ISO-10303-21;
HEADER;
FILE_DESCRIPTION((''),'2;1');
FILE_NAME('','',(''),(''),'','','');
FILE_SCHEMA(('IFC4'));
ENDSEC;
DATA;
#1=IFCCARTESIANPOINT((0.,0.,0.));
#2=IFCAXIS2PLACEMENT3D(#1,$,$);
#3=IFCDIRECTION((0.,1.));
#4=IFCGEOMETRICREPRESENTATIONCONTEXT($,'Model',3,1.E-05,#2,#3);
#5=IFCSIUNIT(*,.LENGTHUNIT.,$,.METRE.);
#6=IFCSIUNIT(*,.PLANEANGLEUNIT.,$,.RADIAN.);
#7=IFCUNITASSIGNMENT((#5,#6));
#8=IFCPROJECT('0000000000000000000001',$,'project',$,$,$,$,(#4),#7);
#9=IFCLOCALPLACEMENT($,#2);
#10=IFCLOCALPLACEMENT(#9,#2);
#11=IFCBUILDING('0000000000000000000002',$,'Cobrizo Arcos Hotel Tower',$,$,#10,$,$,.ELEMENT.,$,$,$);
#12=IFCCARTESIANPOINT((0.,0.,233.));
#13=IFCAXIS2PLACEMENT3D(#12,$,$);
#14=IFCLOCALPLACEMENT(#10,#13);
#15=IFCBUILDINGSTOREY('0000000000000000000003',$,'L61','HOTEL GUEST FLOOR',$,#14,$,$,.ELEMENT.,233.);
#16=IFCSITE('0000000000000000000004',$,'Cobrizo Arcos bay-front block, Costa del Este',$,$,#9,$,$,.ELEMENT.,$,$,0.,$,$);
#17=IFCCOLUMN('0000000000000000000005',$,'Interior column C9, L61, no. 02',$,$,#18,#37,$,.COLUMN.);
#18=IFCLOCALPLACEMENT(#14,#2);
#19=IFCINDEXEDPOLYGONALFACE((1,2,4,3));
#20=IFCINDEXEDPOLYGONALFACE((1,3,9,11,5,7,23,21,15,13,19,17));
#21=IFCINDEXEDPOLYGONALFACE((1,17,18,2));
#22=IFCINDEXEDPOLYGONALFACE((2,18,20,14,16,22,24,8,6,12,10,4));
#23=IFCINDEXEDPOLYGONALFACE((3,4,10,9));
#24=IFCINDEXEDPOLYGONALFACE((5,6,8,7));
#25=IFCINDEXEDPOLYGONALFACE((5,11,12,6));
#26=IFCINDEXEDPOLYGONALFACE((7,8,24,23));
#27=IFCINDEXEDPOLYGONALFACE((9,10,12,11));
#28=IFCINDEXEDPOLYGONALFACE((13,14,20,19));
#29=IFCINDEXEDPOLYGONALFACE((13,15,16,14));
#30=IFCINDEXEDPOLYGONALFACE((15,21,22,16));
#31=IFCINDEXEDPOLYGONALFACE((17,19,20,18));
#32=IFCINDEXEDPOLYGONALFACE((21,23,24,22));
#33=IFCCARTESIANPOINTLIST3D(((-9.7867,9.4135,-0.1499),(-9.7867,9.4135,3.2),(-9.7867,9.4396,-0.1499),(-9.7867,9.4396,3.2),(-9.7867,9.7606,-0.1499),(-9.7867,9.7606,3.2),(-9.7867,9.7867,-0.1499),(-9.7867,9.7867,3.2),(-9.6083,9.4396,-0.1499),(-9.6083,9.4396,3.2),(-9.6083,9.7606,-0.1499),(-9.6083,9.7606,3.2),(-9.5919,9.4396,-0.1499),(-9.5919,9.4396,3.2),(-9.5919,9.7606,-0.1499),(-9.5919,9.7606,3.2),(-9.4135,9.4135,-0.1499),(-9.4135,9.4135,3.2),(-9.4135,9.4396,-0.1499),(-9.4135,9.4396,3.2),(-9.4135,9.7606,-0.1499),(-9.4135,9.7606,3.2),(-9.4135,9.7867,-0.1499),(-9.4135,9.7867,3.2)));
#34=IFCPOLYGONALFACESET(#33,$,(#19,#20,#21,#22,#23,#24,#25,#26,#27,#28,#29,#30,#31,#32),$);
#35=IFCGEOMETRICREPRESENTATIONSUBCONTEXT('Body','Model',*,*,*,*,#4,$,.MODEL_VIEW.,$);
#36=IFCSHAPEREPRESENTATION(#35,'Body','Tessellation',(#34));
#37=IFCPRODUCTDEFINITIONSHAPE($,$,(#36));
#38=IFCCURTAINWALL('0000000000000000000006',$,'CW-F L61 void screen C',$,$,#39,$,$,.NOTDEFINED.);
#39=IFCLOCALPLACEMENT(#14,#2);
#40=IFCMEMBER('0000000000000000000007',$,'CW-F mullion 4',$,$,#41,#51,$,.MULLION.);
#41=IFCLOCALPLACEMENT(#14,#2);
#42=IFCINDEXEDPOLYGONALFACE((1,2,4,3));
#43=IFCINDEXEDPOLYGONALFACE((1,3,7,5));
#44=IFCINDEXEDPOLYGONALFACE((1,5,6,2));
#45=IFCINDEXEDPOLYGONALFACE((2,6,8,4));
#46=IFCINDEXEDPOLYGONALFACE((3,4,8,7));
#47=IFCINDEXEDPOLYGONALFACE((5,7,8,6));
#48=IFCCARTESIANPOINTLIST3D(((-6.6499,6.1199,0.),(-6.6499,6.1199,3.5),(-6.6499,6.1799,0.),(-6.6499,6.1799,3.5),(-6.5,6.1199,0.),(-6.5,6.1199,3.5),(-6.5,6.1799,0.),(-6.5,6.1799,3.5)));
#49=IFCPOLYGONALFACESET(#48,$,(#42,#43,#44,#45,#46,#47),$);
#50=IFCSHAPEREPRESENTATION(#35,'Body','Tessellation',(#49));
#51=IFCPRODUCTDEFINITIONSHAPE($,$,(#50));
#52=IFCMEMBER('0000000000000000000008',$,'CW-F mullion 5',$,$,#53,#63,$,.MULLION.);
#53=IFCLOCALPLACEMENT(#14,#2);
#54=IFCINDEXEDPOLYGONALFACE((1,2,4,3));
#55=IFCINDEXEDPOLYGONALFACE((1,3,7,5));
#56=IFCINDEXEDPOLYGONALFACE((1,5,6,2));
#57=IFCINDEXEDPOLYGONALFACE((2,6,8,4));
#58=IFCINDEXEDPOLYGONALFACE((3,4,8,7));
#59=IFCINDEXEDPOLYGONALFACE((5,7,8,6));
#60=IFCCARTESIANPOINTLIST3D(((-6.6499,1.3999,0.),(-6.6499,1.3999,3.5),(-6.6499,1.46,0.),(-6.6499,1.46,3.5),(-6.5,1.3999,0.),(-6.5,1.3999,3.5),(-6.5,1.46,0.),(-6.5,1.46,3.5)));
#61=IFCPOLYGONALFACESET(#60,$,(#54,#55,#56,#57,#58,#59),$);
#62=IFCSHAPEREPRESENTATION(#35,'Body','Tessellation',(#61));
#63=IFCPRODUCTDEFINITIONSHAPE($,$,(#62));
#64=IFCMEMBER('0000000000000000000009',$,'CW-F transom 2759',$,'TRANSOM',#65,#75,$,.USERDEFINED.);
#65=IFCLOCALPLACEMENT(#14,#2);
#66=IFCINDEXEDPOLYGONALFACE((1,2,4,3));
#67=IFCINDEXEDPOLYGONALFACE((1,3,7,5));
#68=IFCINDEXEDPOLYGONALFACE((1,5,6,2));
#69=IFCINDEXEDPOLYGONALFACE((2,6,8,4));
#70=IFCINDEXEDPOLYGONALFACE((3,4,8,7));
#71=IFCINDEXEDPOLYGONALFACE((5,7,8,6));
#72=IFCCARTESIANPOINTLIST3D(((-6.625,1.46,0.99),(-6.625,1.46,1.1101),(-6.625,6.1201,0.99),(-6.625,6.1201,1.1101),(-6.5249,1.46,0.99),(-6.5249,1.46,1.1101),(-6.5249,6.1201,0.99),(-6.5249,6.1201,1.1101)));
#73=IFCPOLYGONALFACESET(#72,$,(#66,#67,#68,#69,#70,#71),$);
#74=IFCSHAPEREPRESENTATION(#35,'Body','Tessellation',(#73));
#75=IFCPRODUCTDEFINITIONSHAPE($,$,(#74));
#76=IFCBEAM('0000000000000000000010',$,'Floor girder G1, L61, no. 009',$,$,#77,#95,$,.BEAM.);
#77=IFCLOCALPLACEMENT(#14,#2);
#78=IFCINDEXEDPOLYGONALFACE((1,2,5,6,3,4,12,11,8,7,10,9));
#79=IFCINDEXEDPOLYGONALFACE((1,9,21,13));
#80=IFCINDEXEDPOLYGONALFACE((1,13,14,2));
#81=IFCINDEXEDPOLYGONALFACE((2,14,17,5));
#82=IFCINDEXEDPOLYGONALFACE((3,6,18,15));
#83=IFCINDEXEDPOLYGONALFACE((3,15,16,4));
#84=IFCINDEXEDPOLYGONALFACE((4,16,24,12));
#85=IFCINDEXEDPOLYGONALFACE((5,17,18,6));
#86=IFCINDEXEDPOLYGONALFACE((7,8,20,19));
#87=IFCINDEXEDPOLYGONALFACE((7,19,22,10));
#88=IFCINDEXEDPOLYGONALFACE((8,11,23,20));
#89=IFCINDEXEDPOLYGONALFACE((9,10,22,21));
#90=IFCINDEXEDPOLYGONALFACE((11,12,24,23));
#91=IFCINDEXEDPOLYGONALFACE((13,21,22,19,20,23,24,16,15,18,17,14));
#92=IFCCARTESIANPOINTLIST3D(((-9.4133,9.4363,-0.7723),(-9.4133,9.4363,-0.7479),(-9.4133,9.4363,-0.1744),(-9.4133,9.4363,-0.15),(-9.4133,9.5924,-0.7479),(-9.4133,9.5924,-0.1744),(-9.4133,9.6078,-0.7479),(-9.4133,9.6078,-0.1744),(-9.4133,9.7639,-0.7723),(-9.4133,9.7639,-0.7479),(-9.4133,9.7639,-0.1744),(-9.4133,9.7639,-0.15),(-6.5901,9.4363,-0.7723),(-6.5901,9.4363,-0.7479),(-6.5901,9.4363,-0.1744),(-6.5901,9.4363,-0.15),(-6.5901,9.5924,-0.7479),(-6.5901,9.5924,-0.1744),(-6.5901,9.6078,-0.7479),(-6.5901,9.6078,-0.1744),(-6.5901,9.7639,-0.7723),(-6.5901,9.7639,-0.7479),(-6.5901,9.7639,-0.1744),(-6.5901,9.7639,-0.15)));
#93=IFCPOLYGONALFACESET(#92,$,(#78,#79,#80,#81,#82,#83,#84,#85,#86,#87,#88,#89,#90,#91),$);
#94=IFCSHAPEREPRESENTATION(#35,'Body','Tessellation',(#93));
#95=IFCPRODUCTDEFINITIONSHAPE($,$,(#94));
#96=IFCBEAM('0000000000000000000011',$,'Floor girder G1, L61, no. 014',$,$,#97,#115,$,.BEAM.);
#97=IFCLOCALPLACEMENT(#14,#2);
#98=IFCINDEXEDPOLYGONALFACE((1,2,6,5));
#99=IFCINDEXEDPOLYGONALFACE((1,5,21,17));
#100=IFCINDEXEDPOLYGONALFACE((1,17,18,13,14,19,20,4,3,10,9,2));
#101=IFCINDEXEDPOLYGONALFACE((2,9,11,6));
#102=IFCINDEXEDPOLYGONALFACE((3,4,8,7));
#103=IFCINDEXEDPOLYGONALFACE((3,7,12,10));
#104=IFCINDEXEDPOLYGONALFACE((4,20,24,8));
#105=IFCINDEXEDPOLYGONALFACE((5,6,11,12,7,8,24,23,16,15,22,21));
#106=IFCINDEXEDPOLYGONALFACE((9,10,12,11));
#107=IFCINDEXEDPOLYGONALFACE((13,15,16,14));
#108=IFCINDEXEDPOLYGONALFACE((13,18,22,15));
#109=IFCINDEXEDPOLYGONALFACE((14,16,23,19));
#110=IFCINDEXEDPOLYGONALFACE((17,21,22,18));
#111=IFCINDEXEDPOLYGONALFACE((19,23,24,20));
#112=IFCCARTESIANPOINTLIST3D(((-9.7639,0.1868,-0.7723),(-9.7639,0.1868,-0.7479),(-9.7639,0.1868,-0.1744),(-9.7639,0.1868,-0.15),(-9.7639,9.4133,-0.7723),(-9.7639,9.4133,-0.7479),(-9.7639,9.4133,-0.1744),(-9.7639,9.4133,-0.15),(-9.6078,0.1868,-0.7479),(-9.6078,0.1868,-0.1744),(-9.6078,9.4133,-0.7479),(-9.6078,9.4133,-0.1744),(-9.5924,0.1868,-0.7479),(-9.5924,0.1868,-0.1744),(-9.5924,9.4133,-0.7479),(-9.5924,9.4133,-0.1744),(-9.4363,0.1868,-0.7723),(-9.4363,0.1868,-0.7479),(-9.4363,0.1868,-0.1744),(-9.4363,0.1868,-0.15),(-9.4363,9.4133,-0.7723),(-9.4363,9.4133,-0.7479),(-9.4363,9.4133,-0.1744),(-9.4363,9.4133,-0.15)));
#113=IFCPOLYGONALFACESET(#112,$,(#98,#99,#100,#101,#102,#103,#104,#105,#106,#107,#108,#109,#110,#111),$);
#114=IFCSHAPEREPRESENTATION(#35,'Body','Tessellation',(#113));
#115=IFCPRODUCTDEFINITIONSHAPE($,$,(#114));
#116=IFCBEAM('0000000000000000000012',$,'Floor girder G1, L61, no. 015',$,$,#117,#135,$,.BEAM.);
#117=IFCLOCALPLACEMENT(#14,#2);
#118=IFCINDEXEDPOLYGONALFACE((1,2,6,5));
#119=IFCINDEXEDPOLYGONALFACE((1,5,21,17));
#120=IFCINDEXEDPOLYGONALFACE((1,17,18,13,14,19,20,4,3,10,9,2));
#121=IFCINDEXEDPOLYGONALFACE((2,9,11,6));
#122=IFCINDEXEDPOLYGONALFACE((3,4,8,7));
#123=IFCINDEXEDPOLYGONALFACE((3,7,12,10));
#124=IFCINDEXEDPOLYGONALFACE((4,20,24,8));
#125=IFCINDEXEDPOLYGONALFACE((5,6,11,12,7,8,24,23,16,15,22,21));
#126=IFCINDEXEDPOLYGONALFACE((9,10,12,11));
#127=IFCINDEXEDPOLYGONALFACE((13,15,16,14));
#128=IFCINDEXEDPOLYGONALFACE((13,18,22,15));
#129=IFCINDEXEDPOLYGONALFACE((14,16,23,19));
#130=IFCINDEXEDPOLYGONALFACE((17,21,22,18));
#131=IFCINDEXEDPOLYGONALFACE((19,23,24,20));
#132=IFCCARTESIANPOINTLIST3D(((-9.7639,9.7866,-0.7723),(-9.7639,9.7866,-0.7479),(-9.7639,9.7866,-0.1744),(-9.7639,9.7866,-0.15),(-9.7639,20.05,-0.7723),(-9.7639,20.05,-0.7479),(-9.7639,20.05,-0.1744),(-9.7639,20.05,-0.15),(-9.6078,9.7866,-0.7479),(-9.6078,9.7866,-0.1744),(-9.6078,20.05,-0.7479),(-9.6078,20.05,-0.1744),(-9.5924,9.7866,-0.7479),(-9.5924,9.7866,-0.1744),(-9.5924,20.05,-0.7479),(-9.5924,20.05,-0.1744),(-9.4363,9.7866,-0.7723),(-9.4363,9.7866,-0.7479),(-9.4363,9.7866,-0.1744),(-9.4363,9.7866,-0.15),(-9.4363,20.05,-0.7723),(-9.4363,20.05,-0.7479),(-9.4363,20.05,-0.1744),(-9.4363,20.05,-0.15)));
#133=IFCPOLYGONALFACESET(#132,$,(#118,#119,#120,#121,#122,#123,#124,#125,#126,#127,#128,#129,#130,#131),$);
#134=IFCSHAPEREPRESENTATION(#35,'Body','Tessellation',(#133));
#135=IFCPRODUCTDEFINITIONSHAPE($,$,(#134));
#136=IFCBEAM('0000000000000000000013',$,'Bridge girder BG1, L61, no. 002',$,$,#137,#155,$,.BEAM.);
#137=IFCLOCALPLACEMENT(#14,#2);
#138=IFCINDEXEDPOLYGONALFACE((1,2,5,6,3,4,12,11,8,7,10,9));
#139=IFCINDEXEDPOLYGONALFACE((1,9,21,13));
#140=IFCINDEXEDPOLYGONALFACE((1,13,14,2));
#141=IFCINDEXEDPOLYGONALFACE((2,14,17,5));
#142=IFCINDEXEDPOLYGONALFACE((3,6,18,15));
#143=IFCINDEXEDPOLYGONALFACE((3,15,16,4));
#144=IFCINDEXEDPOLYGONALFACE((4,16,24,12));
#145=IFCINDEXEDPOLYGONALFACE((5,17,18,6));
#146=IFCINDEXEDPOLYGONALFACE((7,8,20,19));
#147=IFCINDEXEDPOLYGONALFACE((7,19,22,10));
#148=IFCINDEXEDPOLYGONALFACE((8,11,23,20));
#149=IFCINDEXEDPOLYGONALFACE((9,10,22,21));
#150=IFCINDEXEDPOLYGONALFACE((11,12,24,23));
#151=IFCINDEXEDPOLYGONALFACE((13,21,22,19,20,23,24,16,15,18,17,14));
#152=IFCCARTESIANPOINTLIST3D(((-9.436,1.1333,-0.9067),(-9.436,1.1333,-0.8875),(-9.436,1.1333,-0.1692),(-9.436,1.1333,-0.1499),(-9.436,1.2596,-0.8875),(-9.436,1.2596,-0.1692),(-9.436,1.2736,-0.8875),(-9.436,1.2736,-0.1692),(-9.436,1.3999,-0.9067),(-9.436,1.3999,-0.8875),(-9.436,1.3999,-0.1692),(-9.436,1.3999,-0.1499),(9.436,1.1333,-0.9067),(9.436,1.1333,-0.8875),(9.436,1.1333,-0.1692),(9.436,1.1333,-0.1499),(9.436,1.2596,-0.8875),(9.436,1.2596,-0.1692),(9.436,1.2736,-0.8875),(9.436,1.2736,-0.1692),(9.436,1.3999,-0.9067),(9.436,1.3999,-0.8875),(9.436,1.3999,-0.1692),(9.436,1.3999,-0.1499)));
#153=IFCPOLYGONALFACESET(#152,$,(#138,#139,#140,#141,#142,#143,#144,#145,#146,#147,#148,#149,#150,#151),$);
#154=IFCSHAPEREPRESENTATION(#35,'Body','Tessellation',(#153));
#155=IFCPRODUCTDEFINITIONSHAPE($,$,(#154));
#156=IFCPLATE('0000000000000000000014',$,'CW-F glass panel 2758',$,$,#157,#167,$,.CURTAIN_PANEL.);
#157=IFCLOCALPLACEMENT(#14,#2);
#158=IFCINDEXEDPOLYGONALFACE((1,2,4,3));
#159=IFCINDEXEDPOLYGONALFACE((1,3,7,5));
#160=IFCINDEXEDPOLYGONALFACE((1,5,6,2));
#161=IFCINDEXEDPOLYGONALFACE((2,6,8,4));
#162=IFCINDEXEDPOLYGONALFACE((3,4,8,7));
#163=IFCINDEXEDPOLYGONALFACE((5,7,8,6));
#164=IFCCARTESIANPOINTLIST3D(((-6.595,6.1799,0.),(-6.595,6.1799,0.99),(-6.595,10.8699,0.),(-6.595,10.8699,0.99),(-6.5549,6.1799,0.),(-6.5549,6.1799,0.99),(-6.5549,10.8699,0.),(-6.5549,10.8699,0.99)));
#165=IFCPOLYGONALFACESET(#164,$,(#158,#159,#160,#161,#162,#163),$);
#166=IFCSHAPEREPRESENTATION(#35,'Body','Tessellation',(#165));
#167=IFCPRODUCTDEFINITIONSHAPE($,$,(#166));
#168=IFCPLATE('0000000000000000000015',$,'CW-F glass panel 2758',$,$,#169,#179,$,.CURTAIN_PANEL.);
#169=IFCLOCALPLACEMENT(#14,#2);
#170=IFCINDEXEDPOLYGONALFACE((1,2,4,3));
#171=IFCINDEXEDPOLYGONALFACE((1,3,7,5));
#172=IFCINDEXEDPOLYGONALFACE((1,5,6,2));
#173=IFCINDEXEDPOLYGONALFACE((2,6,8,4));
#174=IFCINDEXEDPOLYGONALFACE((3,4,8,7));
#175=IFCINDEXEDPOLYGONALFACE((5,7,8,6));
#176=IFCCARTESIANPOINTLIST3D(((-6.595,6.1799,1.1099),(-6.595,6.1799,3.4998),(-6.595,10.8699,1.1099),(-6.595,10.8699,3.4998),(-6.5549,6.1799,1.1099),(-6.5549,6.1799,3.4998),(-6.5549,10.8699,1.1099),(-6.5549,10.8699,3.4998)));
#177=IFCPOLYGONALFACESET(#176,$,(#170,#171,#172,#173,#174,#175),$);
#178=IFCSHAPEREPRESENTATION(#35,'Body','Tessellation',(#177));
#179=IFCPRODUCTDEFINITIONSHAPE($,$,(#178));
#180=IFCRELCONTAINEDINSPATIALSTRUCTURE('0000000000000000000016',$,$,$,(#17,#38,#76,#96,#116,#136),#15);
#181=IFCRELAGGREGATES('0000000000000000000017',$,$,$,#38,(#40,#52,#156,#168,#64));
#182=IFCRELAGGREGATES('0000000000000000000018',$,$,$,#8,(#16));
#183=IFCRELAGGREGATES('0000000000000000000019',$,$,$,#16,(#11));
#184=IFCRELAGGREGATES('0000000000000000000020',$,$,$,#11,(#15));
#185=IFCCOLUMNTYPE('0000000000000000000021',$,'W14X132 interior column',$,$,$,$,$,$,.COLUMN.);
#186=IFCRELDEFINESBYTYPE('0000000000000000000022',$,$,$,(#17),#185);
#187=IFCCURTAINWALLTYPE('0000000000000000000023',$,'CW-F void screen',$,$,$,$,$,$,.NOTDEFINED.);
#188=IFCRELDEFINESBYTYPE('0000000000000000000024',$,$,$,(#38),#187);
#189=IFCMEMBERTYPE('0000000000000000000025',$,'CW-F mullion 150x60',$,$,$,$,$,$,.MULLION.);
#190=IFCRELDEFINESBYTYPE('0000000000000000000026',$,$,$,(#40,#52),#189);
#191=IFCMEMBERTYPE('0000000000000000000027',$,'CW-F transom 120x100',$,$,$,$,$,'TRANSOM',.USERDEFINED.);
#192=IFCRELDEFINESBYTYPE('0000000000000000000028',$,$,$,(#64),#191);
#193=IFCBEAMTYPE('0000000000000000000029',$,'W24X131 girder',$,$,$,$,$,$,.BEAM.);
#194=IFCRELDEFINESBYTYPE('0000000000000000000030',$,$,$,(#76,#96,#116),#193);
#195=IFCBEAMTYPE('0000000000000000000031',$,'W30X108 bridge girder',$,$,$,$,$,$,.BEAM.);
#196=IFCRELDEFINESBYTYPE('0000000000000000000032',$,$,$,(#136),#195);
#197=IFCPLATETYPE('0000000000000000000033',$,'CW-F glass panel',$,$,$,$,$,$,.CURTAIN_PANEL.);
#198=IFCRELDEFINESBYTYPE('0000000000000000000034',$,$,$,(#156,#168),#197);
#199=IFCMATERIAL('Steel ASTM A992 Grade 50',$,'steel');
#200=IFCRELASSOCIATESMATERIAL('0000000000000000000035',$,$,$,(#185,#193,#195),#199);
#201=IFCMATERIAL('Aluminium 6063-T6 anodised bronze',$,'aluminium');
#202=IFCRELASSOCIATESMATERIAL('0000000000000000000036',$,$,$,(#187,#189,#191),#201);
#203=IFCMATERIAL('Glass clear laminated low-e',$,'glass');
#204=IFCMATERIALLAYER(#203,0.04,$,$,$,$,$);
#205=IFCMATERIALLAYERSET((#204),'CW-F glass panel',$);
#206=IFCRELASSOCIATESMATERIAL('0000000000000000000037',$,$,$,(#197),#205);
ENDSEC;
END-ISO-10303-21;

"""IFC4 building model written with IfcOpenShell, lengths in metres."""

from ifc_helpers import new_model, si_unit, direction, frame, origin, origin_2d, place, context, subcontext, project, spatial, rectangle, i_section, extrude, material, layer, layer_set, material_profile, profile_set, type_object, element, aggregate, save


model = new_model("IFC4")

# Units and contexts
model_context = context("Model", 3, precision=1e-05, world=origin(), true_north=direction((0.0, 1.0)))
body_context = subcontext(model_context, "Body", "Model", "MODEL_VIEW")
ifc_project = project(units=[si_unit("LENGTHUNIT", "METRE"), si_unit("PLANEANGLEUNIT", "RADIAN")], contexts=[model_context])

# Site, building, storey
site_placement = place(None, origin())
site = spatial("IfcSite", under=ifc_project, at=site_placement, Name="Cobrizo Arcos bay-front block, Costa del Este", CompositionType="ELEMENT", RefElevation=0.0)
building_placement = place(site_placement, origin())
building = spatial("IfcBuilding", under=site, at=building_placement, Name="Cobrizo Arcos Hotel Tower", CompositionType="ELEMENT")
storey_placement = place(building_placement, frame((0.0, 0.0, 233.0)))
storey = spatial("IfcBuildingStorey", under=building, at=storey_placement, Name="L61", Description="HOTEL GUEST FLOOR", CompositionType="ELEMENT", Elevation=233.0)

# Column
ifc_material_1 = material(Name="Steel ASTM A992 Grade 50", Category="steel")
ifc_material_profile_1 = material_profile(ifc_material_1, i_section(OverallWidth=0.3733, OverallDepth=0.3733, WebThickness=0.0164, FlangeThickness=0.0261, at=origin_2d()), Name="W14X132")
ifc_profile_set_1 = profile_set([ifc_material_profile_1], Name="Steel ASTM A992 Grade 50")
column_type = type_object("IfcColumnType", Name="W14X132 interior column", PredefinedType="COLUMN", material=ifc_profile_set_1)
column_placement = place(storey_placement, frame((-9.6001, 9.6001, -0.1499), z_axis=(0.0, 0.0, 1.0), x_axis=(1.0, 0.0, 0.0)))
element("IfcColumn", 1, at=column_placement, inside=storey, type_object=column_type, Name="Interior column C9, L61, no. 02", PredefinedType="COLUMN", context=body_context, shape_type="SweptSolid", body=[
    extrude(i_section(OverallWidth=0.3733, OverallDepth=0.3733, WebThickness=0.0164, FlangeThickness=0.0261, at=origin_2d()), origin(), (0.0, 0.0, 1.0), 3.3499),
])

# Curtain wall, members
ifc_material_2 = material(Name="Aluminium 6063-T6 anodised bronze", Category="aluminium")
curtain_wall_type = type_object("IfcCurtainWallType", Name="CW-F void screen", PredefinedType="NOTDEFINED", material=ifc_material_2)
curtain_wall_placement = place(storey_placement, origin())
curtain_wall = element("IfcCurtainWall", 2, at=curtain_wall_placement, inside=storey, type_object=curtain_wall_type, Name="CW-F L61 void screen C", PredefinedType="NOTDEFINED")
ifc_material_profile_2 = material_profile(ifc_material_2, rectangle(XDim=0.1499, YDim=0.0601, at=origin_2d()), Name="CW-F mullion 150x60")
ifc_profile_set_2 = profile_set([ifc_material_profile_2], Name="Aluminium 6063-T6 anodised bronze")
member_type_1 = type_object("IfcMemberType", Name="CW-F mullion 150x60", PredefinedType="MULLION", material=ifc_profile_set_2)
member_1_placement = place(storey_placement, frame((-6.575, 6.1499, 0.0), z_axis=(0.0, 0.0, 1.0), x_axis=(-1.0, 0.0, 0.0)))
member_1 = element("IfcMember", 3, at=member_1_placement, type_object=member_type_1, Name="CW-F mullion 4", PredefinedType="MULLION", context=body_context, shape_type="SweptSolid", body=[
    extrude(rectangle(XDim=0.1499, YDim=0.0601, at=origin_2d()), origin(), (0.0, 0.0, 1.0), 3.5),
])
member_2_placement = place(storey_placement, frame((-6.575, 1.4299, 0.0), z_axis=(0.0, 0.0, 1.0), x_axis=(-1.0, 0.0, 0.0)))
member_2 = element("IfcMember", 4, at=member_2_placement, type_object=member_type_1, Name="CW-F mullion 5", PredefinedType="MULLION", context=body_context, shape_type="SweptSolid", body=[
    extrude(rectangle(XDim=0.1499, YDim=0.0601, at=origin_2d()), origin(), (0.0, 0.0, 1.0), 3.5),
])
ifc_material_profile_3 = material_profile(ifc_material_2, rectangle(XDim=0.1001, YDim=0.1201, at=origin_2d()), Name="CW-F transom 120x100")
ifc_profile_set_3 = profile_set([ifc_material_profile_3], Name="Aluminium 6063-T6 anodised bronze")
member_type_2 = type_object("IfcMemberType", Name="CW-F transom 120x100", ElementType="TRANSOM", PredefinedType="USERDEFINED", material=ifc_profile_set_3)
member_3_placement = place(storey_placement, frame((-6.575, 6.1201, 1.05), z_axis=(0.0, -1.0, 0.0), x_axis=(1.0, 0.0, 0.0)))
member_3 = element("IfcMember", 5, at=member_3_placement, type_object=member_type_2, Name="CW-F transom 2759", ObjectType="TRANSOM", PredefinedType="USERDEFINED", context=body_context, shape_type="SweptSolid", body=[
    extrude(rectangle(XDim=0.1001, YDim=0.1201, at=origin_2d()), origin(), (0.0, 0.0, 1.0), 4.6602),
])

# Beams
ifc_material_profile_4 = material_profile(ifc_material_1, i_section(OverallWidth=0.3276, OverallDepth=0.6223, WebThickness=0.0154, FlangeThickness=0.0244, at=origin_2d()), Name="W24X131")
ifc_profile_set_4 = profile_set([ifc_material_profile_4], Name="Steel ASTM A992 Grade 50")
beam_type_1 = type_object("IfcBeamType", Name="W24X131 girder", PredefinedType="BEAM", material=ifc_profile_set_4)
beam_1_placement = place(storey_placement, frame((-9.4133, 9.6001, -0.4612), z_axis=(1.0, 0.0, 0.0), x_axis=(0.0, 1.0, 0.0)))
element("IfcBeam", 6, at=beam_1_placement, inside=storey, type_object=beam_type_1, Name="Floor girder G1, L61, no. 009", PredefinedType="BEAM", context=body_context, shape_type="SweptSolid", body=[
    extrude(i_section(OverallWidth=0.3276, OverallDepth=0.6223, WebThickness=0.0154, FlangeThickness=0.0244, at=origin_2d()), origin(), (0.0, 0.0, 1.0), 2.8232),
])
beam_2_placement = place(storey_placement, frame((-9.6001, 0.1868, -0.4612), z_axis=(0.0, 1.0, 0.0), x_axis=(-1.0, 0.0, 0.0)))
element("IfcBeam", 7, at=beam_2_placement, inside=storey, type_object=beam_type_1, Name="Floor girder G1, L61, no. 014", PredefinedType="BEAM", context=body_context, shape_type="SweptSolid", body=[
    extrude(i_section(OverallWidth=0.3276, OverallDepth=0.6223, WebThickness=0.0154, FlangeThickness=0.0244, at=origin_2d()), origin(), (0.0, 0.0, 1.0), 9.2266),
])
beam_3_placement = place(storey_placement, frame((-9.6001, 9.7866, -0.4612), z_axis=(0.0, 1.0, 0.0), x_axis=(-1.0, 0.0, 0.0)))
element("IfcBeam", 8, at=beam_3_placement, inside=storey, type_object=beam_type_1, Name="Floor girder G1, L61, no. 015", PredefinedType="BEAM", context=body_context, shape_type="SweptSolid", body=[
    extrude(i_section(OverallWidth=0.3276, OverallDepth=0.6223, WebThickness=0.0154, FlangeThickness=0.0244, at=origin_2d()), origin(), (0.0, 0.0, 1.0), 10.2634),
])
ifc_material_profile_5 = material_profile(ifc_material_1, i_section(OverallWidth=0.2666, OverallDepth=0.7568, WebThickness=0.0139, FlangeThickness=0.0193, at=origin_2d()), Name="W30X108")
ifc_profile_set_5 = profile_set([ifc_material_profile_5], Name="Steel ASTM A992 Grade 50")
beam_type_2 = type_object("IfcBeamType", Name="W30X108 bridge girder", PredefinedType="BEAM", material=ifc_profile_set_5)
beam_4_placement = place(storey_placement, frame((-9.436, 1.2666, -0.5283), z_axis=(1.0, 0.0, 0.0), x_axis=(0.0, 1.0, 0.0)))
element("IfcBeam", 9, at=beam_4_placement, inside=storey, type_object=beam_type_2, Name="Bridge girder BG1, L61, no. 002", PredefinedType="BEAM", context=body_context, shape_type="SweptSolid", body=[
    extrude(i_section(OverallWidth=0.2666, OverallDepth=0.7568, WebThickness=0.0139, FlangeThickness=0.0193, at=origin_2d()), origin(), (0.0, 0.0, 1.0), 18.8721),
])

# Plates
ifc_material_3 = material(Name="Glass clear laminated low-e", Category="glass")
ifc_layer_1 = layer(ifc_material_3, 0.04)
ifc_layer_set_1 = layer_set([ifc_layer_1], Name="CW-F glass panel")
plate_type = type_object("IfcPlateType", Name="CW-F glass panel", PredefinedType="CURTAIN_PANEL", material=ifc_layer_set_1)
plate_1_placement = place(storey_placement, frame((-6.575, 8.5249, 0.0), z_axis=(0.0, 0.0, 1.0), x_axis=(0.0, -1.0, 0.0)))
plate_1 = element("IfcPlate", 10, at=plate_1_placement, type_object=plate_type, Name="CW-F glass panel 2758", PredefinedType="CURTAIN_PANEL", context=body_context, shape_type="SweptSolid", body=[
    extrude(rectangle(XDim=4.6899, YDim=0.04, at=origin_2d()), origin(), (0.0, 0.0, 1.0), 0.99),
])
plate_2_placement = place(storey_placement, frame((-6.575, 8.5249, 1.1099), z_axis=(0.0, 0.0, 1.0), x_axis=(0.0, -1.0, 0.0)))
plate_2 = element("IfcPlate", 11, at=plate_2_placement, type_object=plate_type, Name="CW-F glass panel 2758", PredefinedType="CURTAIN_PANEL", context=body_context, shape_type="SweptSolid", body=[
    extrude(rectangle(XDim=4.6899, YDim=0.04, at=origin_2d()), origin(), (0.0, 0.0, 1.0), 2.3899),
])
aggregate(curtain_wall, [member_1, member_2, plate_1, plate_2, member_3])

save(model, "model.ifc")
